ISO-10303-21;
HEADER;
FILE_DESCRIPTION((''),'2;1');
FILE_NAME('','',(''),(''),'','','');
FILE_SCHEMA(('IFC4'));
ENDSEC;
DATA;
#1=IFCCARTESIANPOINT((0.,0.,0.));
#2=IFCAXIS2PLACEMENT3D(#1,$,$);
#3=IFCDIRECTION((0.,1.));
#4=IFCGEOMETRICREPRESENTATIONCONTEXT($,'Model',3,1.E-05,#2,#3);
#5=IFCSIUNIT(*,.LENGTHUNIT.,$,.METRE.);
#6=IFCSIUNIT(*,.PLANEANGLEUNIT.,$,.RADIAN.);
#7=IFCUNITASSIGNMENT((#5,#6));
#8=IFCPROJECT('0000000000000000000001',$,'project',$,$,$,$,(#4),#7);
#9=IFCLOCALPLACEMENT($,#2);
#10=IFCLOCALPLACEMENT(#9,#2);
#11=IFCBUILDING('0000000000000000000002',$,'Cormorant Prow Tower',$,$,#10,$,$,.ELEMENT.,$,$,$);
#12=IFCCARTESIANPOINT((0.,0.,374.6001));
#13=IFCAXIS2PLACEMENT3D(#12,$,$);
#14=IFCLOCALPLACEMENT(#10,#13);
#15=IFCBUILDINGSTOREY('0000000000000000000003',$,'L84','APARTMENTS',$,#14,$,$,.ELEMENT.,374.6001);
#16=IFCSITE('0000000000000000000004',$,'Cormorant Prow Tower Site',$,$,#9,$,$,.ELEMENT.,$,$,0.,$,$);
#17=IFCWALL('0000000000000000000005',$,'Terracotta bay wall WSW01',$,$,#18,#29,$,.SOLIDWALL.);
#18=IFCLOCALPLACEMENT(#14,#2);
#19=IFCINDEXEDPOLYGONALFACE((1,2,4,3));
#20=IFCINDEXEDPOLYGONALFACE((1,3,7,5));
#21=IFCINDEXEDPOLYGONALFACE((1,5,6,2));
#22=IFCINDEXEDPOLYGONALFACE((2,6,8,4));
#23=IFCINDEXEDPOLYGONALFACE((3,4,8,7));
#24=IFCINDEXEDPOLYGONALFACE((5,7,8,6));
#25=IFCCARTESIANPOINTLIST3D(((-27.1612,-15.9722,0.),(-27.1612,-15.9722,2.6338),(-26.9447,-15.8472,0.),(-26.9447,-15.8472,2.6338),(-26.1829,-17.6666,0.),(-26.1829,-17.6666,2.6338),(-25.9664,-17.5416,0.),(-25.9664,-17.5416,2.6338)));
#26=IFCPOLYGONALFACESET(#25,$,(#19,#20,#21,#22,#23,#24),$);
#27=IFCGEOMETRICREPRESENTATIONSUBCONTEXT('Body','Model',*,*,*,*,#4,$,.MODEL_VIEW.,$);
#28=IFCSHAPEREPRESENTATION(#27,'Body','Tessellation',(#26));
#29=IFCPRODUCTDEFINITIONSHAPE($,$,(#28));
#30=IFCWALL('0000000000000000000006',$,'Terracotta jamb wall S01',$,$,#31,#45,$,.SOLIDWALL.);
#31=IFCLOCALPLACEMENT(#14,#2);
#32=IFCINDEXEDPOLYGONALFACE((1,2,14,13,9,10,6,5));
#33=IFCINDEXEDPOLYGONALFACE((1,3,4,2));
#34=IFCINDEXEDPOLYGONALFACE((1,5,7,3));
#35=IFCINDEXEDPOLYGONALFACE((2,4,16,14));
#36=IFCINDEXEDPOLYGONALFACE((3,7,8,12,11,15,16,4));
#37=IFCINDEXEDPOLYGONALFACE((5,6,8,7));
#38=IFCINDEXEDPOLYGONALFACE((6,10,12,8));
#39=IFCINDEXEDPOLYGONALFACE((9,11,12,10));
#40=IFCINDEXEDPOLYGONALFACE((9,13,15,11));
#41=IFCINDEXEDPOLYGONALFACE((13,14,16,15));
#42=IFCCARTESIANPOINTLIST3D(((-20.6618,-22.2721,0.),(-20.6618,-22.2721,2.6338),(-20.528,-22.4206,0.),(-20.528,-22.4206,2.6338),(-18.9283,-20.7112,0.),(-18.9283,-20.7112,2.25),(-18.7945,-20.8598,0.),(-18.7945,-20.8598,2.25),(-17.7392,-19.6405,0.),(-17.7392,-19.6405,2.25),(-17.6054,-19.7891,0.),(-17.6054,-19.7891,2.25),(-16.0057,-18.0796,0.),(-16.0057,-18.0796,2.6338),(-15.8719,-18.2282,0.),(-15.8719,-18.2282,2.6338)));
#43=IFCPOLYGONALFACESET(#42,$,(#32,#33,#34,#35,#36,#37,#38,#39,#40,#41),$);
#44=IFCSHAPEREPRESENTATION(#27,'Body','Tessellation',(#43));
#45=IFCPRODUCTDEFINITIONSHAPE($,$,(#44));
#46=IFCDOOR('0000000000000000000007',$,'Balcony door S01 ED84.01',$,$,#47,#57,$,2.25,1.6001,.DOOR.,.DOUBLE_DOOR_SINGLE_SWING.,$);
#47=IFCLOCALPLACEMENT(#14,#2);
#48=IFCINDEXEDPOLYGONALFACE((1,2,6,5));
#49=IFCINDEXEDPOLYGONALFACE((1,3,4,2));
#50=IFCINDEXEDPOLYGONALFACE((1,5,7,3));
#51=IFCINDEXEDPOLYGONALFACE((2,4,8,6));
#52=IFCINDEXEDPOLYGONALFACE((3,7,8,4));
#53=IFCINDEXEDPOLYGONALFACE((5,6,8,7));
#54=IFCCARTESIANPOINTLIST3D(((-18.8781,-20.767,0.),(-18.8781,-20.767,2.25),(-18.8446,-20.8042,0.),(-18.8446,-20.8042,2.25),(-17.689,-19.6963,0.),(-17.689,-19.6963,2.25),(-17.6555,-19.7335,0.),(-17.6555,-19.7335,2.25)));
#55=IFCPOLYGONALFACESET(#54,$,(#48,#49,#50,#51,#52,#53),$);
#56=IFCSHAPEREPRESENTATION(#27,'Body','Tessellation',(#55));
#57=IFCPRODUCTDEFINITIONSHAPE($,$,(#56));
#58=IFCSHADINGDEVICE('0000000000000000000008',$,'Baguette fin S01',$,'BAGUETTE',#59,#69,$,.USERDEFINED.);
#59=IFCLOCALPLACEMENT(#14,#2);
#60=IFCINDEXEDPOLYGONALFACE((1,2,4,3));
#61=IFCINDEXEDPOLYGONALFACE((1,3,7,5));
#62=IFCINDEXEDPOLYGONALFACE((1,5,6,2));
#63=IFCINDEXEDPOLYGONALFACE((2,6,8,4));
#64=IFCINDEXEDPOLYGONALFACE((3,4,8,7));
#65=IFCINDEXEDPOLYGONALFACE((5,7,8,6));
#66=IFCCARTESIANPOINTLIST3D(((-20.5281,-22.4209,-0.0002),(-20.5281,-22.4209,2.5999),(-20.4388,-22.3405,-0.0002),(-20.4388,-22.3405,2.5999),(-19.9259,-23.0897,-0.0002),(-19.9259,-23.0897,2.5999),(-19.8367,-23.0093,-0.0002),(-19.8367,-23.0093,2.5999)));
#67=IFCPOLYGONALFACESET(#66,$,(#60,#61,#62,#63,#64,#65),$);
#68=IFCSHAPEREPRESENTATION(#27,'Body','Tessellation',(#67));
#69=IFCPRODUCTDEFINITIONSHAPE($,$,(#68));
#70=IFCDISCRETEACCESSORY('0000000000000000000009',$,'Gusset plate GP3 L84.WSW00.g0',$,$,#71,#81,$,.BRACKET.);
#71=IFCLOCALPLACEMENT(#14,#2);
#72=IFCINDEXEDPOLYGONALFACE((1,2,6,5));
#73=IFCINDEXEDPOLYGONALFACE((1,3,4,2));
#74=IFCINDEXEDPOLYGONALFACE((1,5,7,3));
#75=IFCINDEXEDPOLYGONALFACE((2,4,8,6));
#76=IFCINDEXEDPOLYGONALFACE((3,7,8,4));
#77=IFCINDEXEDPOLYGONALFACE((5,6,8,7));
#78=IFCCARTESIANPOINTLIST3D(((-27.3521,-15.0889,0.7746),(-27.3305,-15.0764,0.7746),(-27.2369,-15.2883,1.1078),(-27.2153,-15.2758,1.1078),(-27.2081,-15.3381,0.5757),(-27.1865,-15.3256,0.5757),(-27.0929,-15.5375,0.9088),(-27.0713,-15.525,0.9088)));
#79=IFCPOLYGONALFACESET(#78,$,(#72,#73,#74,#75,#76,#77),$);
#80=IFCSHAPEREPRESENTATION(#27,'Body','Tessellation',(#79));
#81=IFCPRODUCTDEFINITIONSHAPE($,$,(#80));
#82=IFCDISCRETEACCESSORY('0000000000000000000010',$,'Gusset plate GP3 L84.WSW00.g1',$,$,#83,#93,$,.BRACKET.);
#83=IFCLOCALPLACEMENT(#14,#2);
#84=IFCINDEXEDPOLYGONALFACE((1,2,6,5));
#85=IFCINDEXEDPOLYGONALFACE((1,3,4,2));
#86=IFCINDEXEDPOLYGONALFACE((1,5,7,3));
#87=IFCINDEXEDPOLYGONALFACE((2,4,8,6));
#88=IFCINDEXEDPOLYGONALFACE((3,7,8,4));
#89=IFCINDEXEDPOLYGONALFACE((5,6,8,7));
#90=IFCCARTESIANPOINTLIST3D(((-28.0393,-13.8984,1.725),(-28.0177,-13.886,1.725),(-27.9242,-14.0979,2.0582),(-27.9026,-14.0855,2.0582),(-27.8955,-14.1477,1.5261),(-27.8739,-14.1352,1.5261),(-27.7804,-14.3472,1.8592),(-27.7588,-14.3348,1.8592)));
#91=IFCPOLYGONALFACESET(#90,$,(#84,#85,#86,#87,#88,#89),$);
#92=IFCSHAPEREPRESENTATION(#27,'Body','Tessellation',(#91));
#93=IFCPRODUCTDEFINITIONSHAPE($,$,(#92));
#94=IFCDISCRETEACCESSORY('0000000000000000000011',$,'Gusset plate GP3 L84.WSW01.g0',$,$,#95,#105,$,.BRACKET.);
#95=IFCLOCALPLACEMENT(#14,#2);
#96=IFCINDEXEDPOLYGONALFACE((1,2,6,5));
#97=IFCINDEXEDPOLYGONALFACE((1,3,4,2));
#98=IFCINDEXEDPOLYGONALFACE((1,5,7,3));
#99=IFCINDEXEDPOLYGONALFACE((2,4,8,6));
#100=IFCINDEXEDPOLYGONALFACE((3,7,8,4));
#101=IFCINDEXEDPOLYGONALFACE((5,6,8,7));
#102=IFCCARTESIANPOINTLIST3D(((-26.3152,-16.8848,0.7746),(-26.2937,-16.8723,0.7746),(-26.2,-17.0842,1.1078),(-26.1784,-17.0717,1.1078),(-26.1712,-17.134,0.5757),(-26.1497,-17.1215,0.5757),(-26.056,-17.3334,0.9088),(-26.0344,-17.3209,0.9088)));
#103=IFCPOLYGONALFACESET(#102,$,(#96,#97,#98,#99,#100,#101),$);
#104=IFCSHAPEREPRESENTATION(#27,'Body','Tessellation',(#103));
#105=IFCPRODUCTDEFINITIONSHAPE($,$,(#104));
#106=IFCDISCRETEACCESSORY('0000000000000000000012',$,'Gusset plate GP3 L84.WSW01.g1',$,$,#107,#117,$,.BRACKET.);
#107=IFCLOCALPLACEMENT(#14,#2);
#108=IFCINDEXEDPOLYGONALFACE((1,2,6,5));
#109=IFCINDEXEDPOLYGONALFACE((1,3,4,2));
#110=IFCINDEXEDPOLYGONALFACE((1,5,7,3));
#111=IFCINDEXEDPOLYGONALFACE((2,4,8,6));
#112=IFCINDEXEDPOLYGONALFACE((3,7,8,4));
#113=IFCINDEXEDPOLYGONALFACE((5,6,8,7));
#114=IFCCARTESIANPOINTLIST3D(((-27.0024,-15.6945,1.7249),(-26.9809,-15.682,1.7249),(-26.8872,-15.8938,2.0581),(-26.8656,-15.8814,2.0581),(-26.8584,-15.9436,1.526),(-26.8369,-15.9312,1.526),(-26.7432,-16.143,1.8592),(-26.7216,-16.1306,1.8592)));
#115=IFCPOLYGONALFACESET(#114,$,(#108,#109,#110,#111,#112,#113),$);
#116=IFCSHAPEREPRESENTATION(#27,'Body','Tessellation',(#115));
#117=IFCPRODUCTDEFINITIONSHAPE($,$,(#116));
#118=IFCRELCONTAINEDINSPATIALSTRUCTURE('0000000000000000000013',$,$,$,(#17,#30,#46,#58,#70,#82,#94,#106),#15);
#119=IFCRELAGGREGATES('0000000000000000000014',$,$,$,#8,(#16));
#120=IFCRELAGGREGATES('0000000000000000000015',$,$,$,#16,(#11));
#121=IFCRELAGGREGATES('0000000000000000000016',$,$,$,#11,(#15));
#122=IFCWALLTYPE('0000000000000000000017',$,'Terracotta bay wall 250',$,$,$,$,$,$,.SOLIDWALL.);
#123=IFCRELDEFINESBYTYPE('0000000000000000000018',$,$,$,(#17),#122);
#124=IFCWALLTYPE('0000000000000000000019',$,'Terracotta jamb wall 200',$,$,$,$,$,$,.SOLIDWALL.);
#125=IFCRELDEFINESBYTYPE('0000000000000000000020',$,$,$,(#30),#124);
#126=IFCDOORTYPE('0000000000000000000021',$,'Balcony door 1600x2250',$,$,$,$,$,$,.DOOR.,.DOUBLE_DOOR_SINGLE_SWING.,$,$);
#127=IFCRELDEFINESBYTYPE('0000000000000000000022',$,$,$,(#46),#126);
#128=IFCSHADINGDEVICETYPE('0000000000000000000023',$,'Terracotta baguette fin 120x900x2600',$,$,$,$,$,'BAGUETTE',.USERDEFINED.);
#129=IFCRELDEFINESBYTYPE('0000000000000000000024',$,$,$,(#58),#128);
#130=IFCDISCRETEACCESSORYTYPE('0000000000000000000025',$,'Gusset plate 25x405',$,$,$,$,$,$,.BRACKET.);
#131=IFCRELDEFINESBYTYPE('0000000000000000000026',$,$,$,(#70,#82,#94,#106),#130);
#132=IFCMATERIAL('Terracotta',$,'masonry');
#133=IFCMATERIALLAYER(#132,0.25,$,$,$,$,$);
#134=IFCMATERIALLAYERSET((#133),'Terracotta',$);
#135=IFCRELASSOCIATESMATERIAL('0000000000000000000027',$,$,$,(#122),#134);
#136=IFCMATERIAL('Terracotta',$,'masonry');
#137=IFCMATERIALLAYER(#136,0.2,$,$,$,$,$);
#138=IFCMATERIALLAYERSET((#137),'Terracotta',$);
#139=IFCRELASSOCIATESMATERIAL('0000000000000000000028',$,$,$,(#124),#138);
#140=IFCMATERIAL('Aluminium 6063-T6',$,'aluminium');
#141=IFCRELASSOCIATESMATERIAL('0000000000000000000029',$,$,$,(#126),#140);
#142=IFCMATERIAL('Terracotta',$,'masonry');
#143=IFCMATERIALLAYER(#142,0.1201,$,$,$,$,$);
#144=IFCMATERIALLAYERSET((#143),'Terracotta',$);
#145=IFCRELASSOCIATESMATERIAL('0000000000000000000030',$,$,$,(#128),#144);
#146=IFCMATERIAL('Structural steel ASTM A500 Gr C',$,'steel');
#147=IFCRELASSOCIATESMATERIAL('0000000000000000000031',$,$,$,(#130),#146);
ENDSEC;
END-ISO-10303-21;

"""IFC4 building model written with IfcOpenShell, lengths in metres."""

from ifc_helpers import new_model, si_unit, direction, frame, frame_2d, origin, origin_2d, place, context, subcontext, project, spatial, rectangle, extrude, material, layer, layer_set, material_profile, profile_set, type_object, element, fill, save


model = new_model("IFC4")

# Units and contexts
model_context = context("Model", 3, precision=1e-05, world=origin(), true_north=direction((0.0, 1.0)))
body_context = subcontext(model_context, "Body", "Model", "MODEL_VIEW")
ifc_project = project(units=[si_unit("LENGTHUNIT", "METRE"), si_unit("PLANEANGLEUNIT", "RADIAN")], contexts=[model_context])

# Site, building, storey
site_placement = place(None, origin())
site = spatial("IfcSite", under=ifc_project, at=site_placement, Name="Cormorant Prow Tower Site", CompositionType="ELEMENT", RefElevation=0.0)
building_placement = place(site_placement, origin())
building = spatial("IfcBuilding", under=site, at=building_placement, Name="Cormorant Prow Tower", CompositionType="ELEMENT")
storey_placement = place(building_placement, frame((0.0, 0.0, 374.6001)))
storey = spatial("IfcBuildingStorey", under=building, at=storey_placement, Name="L84", Description="APARTMENTS", CompositionType="ELEMENT", Elevation=374.6001)

# Wall
ifc_material_1 = material(Name="Terracotta", Category="masonry")
ifc_layer_1 = layer(ifc_material_1, 0.25)
ifc_layer_set_1 = layer_set([ifc_layer_1], Name="Terracotta")
wall_type_1 = type_object("IfcWallType", Name="Terracotta bay wall 250", PredefinedType="SOLIDWALL", material=ifc_layer_set_1)
wall_1_placement = place(storey_placement, frame((-27.053, -15.9097, 0.0), z_axis=(0.0, 0.0, 1.0), x_axis=(0.500018, -0.866015, 0.0)))
element("IfcWall", 1, at=wall_1_placement, inside=storey, type_object=wall_type_1, Name="Terracotta bay wall WSW01", PredefinedType="SOLIDWALL", context=body_context, shape_type="SweptSolid", body=[
    extrude(rectangle(XDim=1.9565, YDim=0.25, at=frame_2d((0.9783, 0.0))), origin(), (0.0, 0.0, 1.0), 2.6338),
])

# Wall, opening, door
ifc_material_2 = material(Name="Terracotta", Category="masonry")
ifc_layer_2 = layer(ifc_material_2, 0.2)
ifc_layer_set_2 = layer_set([ifc_layer_2], Name="Terracotta")
wall_type_2 = type_object("IfcWallType", Name="Terracotta jamb wall 200", PredefinedType="SOLIDWALL", material=ifc_layer_set_2)
wall_2_placement = place(storey_placement, frame((-20.595, -22.3464, 0.0), z_axis=(0.0, 0.0, 1.0), x_axis=(0.743137, 0.669139, 0.0)))
wall_2 = element("IfcWall", 2, at=wall_2_placement, inside=storey, type_object=wall_type_2, Name="Terracotta jamb wall S01", PredefinedType="SOLIDWALL", context=body_context, shape_type="SweptSolid", body=[
    extrude(rectangle(XDim=6.2654, YDim=0.2, at=frame_2d((3.1328, 0.0))), origin(), (0.0, 0.0, 1.0), 2.6338),
])
opening_1_placement = place(wall_2_placement, frame((2.3328, 0.0, 0.0)))
opening_1 = element("IfcOpeningElement", 3, at=opening_1_placement, cuts=wall_2, PredefinedType="OPENING", context=body_context, shape_type="SweptSolid", body=[
    extrude(rectangle(XDim=1.6001, YDim=2.25, at=frame_2d((0.8, 1.125))), frame((0.0, 0.1099, 0.0), z_axis=(0.0, -1.0, 0.0), x_axis=(1.0, 0.0, 0.0)), (0.0, 0.0, 1.0), 0.22),
])
ifc_material_3 = material(Name="Aluminium 6063-T6", Category="aluminium")
door_type_1 = type_object("IfcDoorType", Name="Balcony door 1600x2250", OperationType="DOUBLE_DOOR_SINGLE_SWING", PredefinedType="DOOR", material=ifc_material_3)
door_1_placement = place(opening_1_placement, origin())
door_1 = element("IfcDoor", 4, at=door_1_placement, inside=storey, type_object=door_type_1, Name="Balcony door S01 ED84.01", OperationType="DOUBLE_DOOR_SINGLE_SWING", OverallHeight=2.25, OverallWidth=1.6001, PredefinedType="DOOR", context=body_context, shape_type="SweptSolid", body=[
    extrude(rectangle(XDim=1.6001, YDim=2.25, at=frame_2d((0.8, 1.125))), frame((0.0, 0.0249, 0.0), z_axis=(0.0, -1.0, 0.0), x_axis=(1.0, 0.0, 0.0)), (0.0, 0.0, 1.0), 0.05),
])
fill(opening_1, door_1)

# Shading device
ifc_material_4 = material(Name="Terracotta", Category="masonry")
ifc_layer_3 = layer(ifc_material_4, 0.1201)
ifc_layer_set_3 = layer_set([ifc_layer_3], Name="Terracotta")
shading_device_type = type_object("IfcShadingDeviceType", Name="Terracotta baguette fin 120x900x2600", ElementType="BAGUETTE", PredefinedType="USERDEFINED", material=ifc_layer_set_3)
shading_device_placement = place(storey_placement, frame((-20.1824, -22.7151, -0.0002), z_axis=(0.0, 0.0, 1.0), x_axis=(0.743145, 0.669131, 0.0)))
element("IfcShadingDevice", 5, at=shading_device_placement, inside=storey, type_object=shading_device_type, Name="Baguette fin S01", ObjectType="BAGUETTE", PredefinedType="USERDEFINED", context=body_context, shape_type="SweptSolid", body=[
    extrude(rectangle(XDim=0.1201, YDim=0.8999, at=origin_2d()), origin(), (0.0, 0.0, 1.0), 2.6001),
])

# Discrete accessories
ifc_material_5 = material(Name="Structural steel ASTM A500 Gr C", Category="steel")
ifc_material_profile_1 = material_profile(ifc_material_5, rectangle(XDim=0.0249, YDim=0.405, at=origin_2d()), Name="Gusset plate 25x405")
ifc_profile_set_1 = profile_set([ifc_material_profile_1], Name="Structural steel ASTM A500 Gr C")
discrete_accessory_type = type_object("IfcDiscreteAccessoryType", Name="Gusset plate 25x405", PredefinedType="BRACKET", material=ifc_profile_set_1)
for number, where, z_axis, x_axis, name in (
    (6, (-27.2837, -15.1824, 0.9412), (0.411596, -0.71227, -0.56856), (0.865832, 0.500334, 0.0), "Gusset plate GP3 L84.WSW00.g0"),
    (7, (-27.8271, -14.2412, 1.6926), (-0.411016, 0.712474, 0.568723), (-0.8662, -0.499698, 0.0), "Gusset plate GP3 L84.WSW00.g1"),
    (8, (-26.2468, -16.9783, 0.9412), (0.411596, -0.71227, -0.56856), (0.865832, 0.500334, 0.0), "Gusset plate GP3 L84.WSW01.g0"),
    (9, (-26.79, -16.0371, 1.6926), (-0.411596, 0.71227, 0.56856), (-0.865832, -0.500334, 0.0), "Gusset plate GP3 L84.WSW01.g1"),
):
    element("IfcDiscreteAccessory", number, at=place(storey_placement, frame(where, z_axis=z_axis, x_axis=x_axis)), inside=storey, type_object=discrete_accessory_type, Name=name, PredefinedType="BRACKET", context=body_context, shape_type="SweptSolid", body=[
        extrude(rectangle(XDim=0.0249, YDim=0.405, at=origin_2d()), origin(), (0.0, 0.0, 1.0), 0.3499),
    ])

save(model, "model.ifc")
